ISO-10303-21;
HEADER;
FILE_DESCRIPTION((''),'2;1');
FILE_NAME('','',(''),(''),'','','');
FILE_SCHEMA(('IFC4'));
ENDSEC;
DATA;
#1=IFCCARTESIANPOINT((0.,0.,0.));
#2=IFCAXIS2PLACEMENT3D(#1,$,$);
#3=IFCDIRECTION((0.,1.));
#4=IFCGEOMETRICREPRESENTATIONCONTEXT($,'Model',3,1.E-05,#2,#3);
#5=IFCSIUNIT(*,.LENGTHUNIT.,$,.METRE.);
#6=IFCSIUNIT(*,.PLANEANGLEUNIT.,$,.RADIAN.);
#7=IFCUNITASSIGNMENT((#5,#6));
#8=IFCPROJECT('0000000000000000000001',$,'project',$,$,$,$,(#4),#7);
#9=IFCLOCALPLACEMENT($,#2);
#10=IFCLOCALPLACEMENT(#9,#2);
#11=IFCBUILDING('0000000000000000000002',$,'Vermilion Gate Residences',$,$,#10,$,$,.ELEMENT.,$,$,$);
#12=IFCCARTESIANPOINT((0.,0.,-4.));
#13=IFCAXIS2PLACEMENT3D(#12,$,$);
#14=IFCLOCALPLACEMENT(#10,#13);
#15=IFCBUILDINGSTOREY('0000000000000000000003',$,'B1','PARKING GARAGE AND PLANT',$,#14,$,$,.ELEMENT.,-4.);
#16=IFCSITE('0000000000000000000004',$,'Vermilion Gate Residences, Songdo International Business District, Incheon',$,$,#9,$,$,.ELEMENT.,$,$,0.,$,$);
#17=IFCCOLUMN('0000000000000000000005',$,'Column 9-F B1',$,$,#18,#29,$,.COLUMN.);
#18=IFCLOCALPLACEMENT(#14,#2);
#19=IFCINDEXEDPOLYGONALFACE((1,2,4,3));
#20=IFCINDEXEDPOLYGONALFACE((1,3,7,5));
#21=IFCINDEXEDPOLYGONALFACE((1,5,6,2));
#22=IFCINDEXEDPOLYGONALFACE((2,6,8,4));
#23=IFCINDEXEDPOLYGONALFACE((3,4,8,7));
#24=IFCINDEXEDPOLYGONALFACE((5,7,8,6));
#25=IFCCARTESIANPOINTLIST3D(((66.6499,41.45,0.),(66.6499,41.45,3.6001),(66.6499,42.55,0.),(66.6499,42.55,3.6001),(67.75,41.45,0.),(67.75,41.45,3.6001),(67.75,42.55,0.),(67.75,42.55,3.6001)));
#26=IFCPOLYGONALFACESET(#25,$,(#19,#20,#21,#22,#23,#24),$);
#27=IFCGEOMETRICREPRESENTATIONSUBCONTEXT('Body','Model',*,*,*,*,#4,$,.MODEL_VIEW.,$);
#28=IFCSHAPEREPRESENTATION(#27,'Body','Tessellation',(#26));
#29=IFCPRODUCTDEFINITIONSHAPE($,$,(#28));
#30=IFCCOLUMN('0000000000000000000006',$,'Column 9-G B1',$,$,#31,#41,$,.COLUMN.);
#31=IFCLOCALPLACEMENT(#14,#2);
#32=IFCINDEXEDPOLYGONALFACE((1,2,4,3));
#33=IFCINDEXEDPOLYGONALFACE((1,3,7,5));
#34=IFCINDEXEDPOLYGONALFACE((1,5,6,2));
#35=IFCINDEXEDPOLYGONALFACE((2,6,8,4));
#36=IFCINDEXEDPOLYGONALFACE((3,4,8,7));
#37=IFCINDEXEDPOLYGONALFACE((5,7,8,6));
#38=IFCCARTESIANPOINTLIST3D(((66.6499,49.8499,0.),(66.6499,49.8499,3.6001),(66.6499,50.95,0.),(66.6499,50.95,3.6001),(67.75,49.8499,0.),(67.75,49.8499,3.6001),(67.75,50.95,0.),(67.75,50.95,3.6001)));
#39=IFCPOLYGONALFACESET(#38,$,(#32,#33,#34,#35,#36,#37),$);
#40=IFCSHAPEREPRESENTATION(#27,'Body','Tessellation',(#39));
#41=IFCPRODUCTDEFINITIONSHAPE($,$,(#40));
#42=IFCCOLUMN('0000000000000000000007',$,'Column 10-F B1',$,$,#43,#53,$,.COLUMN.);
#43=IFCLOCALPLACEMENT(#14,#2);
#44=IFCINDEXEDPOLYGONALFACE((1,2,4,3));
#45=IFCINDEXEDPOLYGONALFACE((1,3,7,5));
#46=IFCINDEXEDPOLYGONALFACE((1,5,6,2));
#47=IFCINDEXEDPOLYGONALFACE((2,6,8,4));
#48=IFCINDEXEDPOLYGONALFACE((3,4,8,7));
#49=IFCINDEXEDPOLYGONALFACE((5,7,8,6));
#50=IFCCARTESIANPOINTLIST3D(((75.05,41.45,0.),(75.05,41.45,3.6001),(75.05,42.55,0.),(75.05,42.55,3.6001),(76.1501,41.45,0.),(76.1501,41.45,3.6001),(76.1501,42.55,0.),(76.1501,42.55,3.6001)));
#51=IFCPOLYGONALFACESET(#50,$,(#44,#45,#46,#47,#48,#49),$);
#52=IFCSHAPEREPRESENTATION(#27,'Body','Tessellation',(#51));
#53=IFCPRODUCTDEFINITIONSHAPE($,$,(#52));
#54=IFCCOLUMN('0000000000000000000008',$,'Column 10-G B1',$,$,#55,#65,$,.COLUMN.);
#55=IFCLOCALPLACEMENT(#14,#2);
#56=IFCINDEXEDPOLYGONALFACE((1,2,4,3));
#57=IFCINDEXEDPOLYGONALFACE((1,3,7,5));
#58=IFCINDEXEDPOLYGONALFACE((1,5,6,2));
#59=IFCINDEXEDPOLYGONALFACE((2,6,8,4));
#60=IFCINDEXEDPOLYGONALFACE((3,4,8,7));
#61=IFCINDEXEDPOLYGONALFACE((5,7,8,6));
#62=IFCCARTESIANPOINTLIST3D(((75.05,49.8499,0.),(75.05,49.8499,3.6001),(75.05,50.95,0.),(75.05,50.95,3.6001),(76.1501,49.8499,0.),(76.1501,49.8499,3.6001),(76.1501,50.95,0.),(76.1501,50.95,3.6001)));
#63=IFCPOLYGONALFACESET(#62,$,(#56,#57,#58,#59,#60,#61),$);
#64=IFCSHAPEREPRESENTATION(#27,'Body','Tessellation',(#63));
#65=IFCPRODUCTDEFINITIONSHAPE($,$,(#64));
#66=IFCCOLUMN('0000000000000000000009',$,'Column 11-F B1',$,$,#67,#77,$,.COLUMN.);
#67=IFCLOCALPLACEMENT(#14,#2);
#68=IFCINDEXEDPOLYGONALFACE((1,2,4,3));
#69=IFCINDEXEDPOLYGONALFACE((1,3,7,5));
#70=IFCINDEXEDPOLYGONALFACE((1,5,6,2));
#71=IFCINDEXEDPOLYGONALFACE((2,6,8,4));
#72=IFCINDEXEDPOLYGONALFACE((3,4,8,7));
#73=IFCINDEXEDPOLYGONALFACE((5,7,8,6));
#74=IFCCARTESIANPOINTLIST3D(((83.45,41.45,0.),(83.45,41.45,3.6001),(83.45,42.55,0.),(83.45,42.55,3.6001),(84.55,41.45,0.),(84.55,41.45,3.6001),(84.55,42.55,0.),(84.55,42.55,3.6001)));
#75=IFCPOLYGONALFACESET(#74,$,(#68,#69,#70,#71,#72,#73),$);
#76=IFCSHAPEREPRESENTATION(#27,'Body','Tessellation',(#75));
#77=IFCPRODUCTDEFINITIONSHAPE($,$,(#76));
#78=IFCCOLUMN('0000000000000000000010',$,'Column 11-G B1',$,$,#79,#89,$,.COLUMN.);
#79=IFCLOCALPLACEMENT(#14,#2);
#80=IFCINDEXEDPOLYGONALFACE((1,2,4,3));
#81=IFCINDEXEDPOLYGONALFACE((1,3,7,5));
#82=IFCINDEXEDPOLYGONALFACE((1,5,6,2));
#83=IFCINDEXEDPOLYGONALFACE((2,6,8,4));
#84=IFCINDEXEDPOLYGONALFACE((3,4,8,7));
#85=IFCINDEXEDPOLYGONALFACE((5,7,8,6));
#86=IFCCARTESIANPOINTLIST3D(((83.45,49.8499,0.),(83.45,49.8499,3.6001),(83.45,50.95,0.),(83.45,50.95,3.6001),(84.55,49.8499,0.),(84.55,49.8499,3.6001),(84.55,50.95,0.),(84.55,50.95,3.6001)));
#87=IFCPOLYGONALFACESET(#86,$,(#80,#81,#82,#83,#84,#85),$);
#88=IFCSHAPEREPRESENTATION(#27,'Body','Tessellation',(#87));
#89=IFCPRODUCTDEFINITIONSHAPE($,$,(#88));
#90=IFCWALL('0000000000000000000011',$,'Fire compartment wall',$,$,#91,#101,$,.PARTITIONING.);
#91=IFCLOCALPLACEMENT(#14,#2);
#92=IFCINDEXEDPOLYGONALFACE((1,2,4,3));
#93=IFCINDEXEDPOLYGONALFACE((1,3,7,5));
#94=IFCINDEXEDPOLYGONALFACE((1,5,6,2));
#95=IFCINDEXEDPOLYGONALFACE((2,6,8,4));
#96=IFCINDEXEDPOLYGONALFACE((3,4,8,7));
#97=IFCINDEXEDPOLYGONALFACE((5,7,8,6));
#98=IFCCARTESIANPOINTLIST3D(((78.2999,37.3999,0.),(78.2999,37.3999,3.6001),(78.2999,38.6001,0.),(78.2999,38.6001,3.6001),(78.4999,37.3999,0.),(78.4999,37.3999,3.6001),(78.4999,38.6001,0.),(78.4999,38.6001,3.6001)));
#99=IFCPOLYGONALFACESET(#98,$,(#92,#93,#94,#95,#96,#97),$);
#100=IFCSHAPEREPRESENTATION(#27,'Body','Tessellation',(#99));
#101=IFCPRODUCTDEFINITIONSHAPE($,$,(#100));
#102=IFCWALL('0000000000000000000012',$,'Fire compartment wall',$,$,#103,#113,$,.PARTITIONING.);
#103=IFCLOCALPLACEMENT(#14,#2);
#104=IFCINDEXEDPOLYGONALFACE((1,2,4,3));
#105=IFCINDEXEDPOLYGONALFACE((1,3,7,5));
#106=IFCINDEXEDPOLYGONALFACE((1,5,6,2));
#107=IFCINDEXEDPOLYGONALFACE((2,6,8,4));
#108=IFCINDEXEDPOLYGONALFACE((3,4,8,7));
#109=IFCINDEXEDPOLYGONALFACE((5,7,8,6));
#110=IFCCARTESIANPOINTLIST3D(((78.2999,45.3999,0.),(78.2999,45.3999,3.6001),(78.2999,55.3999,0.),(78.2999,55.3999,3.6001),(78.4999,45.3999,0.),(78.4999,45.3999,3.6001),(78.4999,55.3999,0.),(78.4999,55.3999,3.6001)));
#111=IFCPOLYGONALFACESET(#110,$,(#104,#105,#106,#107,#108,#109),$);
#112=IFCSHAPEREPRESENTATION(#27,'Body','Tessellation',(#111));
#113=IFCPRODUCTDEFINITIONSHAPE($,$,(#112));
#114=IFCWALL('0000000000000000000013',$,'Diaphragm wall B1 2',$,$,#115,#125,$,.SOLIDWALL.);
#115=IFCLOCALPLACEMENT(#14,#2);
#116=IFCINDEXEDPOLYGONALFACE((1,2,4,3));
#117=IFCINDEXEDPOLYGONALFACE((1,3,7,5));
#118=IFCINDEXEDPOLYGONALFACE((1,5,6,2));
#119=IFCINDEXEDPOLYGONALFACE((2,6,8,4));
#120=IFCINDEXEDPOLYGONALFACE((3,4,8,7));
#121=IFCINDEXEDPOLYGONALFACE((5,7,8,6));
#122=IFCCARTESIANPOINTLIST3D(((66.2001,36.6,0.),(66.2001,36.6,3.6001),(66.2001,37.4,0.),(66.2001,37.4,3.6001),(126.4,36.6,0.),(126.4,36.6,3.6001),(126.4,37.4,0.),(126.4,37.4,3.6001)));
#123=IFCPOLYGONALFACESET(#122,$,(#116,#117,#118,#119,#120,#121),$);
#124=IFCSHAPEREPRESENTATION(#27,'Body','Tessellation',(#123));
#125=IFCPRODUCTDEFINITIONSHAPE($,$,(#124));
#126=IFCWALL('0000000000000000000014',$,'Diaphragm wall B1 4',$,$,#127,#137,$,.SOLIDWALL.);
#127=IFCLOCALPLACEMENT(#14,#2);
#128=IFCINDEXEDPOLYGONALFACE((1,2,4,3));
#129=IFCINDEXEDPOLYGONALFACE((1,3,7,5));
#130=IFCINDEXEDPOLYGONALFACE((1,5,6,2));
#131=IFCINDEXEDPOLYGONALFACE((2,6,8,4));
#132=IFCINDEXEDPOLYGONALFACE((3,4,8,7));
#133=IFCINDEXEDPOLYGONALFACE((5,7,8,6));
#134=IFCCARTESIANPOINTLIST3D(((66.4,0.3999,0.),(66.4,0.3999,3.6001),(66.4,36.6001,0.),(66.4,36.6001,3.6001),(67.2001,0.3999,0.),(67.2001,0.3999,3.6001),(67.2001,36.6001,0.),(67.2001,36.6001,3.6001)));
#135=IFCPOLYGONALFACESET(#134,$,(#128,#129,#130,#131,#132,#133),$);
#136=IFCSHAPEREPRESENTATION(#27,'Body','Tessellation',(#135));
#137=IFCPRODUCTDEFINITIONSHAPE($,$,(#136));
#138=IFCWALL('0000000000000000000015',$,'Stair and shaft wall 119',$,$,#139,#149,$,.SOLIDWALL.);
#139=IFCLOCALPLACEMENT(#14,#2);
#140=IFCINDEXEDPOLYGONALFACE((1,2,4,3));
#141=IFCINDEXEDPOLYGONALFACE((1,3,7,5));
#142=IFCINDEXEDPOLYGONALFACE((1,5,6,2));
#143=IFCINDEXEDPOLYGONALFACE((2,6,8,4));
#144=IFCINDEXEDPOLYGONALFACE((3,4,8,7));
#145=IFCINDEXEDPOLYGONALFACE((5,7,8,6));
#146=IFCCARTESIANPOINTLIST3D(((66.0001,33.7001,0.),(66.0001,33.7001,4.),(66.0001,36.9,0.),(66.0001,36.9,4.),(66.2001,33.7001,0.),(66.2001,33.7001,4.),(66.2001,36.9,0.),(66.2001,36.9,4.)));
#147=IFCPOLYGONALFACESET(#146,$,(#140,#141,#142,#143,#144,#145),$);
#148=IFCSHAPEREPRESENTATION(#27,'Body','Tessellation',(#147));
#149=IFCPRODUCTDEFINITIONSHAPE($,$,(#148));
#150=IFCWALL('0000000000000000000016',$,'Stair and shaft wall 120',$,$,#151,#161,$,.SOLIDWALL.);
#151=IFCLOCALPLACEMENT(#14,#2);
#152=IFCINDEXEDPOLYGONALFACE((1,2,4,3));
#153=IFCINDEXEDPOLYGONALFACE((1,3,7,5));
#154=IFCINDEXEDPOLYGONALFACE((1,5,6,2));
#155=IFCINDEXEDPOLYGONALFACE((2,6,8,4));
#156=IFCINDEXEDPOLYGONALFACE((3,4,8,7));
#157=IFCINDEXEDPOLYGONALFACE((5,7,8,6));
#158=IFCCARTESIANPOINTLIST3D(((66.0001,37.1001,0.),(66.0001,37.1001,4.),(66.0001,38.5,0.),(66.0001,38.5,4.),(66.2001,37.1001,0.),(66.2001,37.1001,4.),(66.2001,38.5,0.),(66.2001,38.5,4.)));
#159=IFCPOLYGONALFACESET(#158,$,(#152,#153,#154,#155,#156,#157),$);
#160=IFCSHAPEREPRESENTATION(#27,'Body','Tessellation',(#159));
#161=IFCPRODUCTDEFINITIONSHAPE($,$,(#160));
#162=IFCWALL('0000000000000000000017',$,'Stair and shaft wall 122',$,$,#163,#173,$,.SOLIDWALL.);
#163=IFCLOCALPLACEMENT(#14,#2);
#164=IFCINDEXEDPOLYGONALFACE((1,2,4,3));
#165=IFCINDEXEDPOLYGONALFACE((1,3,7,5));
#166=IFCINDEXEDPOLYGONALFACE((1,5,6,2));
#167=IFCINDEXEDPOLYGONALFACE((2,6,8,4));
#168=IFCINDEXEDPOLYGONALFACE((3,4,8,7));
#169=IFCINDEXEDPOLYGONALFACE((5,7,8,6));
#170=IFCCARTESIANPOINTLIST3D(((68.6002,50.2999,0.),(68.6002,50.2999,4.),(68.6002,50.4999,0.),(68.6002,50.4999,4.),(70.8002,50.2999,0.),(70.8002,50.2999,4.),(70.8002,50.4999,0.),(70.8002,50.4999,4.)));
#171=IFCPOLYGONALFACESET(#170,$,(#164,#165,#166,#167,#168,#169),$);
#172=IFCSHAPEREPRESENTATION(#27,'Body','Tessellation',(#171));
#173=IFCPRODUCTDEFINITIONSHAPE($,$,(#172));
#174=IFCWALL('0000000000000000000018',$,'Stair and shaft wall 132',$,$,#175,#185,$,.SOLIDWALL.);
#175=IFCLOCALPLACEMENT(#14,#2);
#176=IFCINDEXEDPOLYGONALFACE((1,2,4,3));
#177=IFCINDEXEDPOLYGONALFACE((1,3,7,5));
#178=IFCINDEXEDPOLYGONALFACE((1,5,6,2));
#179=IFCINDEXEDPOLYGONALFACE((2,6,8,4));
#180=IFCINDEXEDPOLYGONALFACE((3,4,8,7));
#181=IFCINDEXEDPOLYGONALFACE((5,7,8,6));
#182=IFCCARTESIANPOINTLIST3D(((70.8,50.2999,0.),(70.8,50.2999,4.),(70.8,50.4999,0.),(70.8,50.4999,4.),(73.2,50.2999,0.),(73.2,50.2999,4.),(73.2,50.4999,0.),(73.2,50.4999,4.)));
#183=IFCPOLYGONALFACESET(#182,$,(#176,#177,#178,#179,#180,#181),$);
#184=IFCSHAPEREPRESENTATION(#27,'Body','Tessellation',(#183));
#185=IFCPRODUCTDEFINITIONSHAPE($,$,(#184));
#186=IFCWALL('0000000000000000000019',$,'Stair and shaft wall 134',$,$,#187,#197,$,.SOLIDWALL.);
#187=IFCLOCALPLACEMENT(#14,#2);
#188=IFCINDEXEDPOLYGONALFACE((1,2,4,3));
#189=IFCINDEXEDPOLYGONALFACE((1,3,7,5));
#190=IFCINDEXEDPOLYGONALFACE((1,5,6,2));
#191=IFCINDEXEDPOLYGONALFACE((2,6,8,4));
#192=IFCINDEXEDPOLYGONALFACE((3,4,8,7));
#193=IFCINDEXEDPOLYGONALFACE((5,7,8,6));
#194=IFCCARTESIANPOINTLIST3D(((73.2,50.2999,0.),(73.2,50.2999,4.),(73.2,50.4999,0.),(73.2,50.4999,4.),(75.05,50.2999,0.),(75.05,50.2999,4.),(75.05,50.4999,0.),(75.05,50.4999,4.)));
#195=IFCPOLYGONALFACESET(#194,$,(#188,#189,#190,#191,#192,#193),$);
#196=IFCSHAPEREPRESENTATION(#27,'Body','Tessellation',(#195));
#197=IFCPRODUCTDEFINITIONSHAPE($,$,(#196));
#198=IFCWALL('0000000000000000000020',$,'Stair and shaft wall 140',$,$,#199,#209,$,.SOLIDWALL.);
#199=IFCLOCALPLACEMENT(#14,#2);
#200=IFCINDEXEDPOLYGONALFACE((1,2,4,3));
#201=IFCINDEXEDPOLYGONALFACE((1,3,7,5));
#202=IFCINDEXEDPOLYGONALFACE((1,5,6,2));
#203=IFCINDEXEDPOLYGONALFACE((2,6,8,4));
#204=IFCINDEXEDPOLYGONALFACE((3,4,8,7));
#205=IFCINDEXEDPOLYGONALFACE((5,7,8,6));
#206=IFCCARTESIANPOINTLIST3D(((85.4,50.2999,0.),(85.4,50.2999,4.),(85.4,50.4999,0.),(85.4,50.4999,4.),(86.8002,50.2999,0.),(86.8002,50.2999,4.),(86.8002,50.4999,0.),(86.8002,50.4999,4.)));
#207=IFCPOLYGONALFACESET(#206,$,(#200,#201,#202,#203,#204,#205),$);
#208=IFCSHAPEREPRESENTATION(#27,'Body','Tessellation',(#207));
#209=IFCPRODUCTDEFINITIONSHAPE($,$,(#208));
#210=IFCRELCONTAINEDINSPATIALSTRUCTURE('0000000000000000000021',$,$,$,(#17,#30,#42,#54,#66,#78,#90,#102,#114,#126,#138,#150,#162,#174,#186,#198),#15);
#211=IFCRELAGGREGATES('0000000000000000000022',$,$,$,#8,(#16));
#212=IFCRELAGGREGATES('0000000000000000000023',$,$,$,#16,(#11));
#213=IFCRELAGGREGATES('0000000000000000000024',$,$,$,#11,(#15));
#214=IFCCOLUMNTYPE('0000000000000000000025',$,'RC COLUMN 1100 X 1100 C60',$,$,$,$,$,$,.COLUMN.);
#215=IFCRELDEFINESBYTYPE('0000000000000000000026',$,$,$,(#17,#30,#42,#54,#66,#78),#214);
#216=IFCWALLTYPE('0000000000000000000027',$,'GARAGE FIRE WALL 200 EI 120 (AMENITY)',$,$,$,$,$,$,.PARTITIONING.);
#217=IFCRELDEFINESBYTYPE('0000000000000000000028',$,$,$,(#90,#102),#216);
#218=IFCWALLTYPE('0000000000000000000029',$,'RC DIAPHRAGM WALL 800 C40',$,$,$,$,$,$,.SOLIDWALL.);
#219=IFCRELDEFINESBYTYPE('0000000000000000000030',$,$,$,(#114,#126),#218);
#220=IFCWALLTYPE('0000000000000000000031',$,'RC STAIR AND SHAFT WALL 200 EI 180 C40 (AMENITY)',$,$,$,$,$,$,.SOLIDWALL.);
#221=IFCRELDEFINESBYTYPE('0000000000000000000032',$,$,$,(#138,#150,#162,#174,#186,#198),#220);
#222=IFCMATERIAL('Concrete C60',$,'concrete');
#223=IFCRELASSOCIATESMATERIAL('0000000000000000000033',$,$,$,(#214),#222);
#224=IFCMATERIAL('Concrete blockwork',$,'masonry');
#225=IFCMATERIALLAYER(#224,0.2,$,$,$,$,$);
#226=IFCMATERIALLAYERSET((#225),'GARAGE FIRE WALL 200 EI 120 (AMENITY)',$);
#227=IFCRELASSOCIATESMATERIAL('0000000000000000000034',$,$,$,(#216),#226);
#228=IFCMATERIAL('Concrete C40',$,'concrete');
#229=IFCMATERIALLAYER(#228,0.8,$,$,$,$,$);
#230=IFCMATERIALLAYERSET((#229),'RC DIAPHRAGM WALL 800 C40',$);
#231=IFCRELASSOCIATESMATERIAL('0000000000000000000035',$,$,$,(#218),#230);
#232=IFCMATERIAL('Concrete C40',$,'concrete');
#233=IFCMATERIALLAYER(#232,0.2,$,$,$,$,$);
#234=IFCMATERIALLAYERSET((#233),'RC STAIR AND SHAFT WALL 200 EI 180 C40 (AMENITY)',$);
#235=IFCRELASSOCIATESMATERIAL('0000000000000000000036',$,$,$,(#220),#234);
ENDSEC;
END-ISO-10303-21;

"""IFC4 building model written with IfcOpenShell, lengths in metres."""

from ifc_helpers import new_model, si_unit, direction, frame, frame_2d, origin, origin_2d, place, context, subcontext, project, spatial, rectangle, extrude, material, layer, layer_set, material_profile, profile_set, type_object, element, save


model = new_model("IFC4")

# Units and contexts
model_context = context("Model", 3, precision=1e-05, world=origin(), true_north=direction((0.0, 1.0)))
body_context = subcontext(model_context, "Body", "Model", "MODEL_VIEW")
ifc_project = project(units=[si_unit("LENGTHUNIT", "METRE"), si_unit("PLANEANGLEUNIT", "RADIAN")], contexts=[model_context])

# Site, building, storey
site_placement = place(None, origin())
site = spatial("IfcSite", under=ifc_project, at=site_placement, Name="Vermilion Gate Residences, Songdo International Business District, Incheon", CompositionType="ELEMENT", RefElevation=0.0)
building_placement = place(site_placement, origin())
building = spatial("IfcBuilding", under=site, at=building_placement, Name="Vermilion Gate Residences", CompositionType="ELEMENT")
storey_placement = place(building_placement, frame((0.0, 0.0, -4.0)))
storey = spatial("IfcBuildingStorey", under=building, at=storey_placement, Name="B1", Description="PARKING GARAGE AND PLANT", CompositionType="ELEMENT", Elevation=-4.0)

# Columns
ifc_material_1 = material(Name="Concrete C60", Category="concrete")
ifc_material_profile = material_profile(ifc_material_1, rectangle(XDim=1.1001, YDim=1.1001, at=origin_2d()), Name="RC-1100x1100")
ifc_profile_set = profile_set([ifc_material_profile], Name="Concrete C60")
column_type = type_object("IfcColumnType", Name="RC COLUMN 1100 X 1100 C60", PredefinedType="COLUMN", material=ifc_profile_set)
for number, where, z_axis, x_axis, name in (
    (1, (67.2, 42.0, 0.0), (0.0, 0.0, 1.0), (1.0, 0.0, 0.0), "Column 9-F B1"),
    (2, (67.2, 50.3999, 0.0), (0.0, 0.0, 1.0), (1.0, 0.0, 0.0), "Column 9-G B1"),
    (3, (75.6001, 42.0, 0.0), (0.0, 0.0, 1.0), (1.0, 0.0, 0.0), "Column 10-F B1"),
    (4, (75.6001, 50.3999, 0.0), (0.0, 0.0, 1.0), (1.0, 0.0, 0.0), "Column 10-G B1"),
    (5, (84.0, 42.0, 0.0), (0.0, 0.0, 1.0), (1.0, 0.0, 0.0), "Column 11-F B1"),
    (6, (84.0, 50.3999, 0.0), (0.0, 0.0, 1.0), (1.0, 0.0, 0.0), "Column 11-G B1"),
):
    element("IfcColumn", number, at=place(storey_placement, frame(where, z_axis=z_axis, x_axis=x_axis)), inside=storey, type_object=column_type, Name=name, PredefinedType="COLUMN", context=body_context, shape_type="SweptSolid", body=[
        extrude(rectangle(XDim=1.1001, YDim=1.1001, at=origin_2d()), origin(), (0.0, 0.0, 1.0), 3.6001),
    ])

# Wall
ifc_material_2 = material(Name="Concrete blockwork", Category="masonry")
ifc_layer_1 = layer(ifc_material_2, 0.2)
ifc_layer_set_1 = layer_set([ifc_layer_1], Name="GARAGE FIRE WALL 200 EI 120 (AMENITY)")
wall_type_1 = type_object("IfcWallType", Name="GARAGE FIRE WALL 200 EI 120 (AMENITY)", PredefinedType="PARTITIONING", material=ifc_layer_set_1)
wall_1_placement = place(storey_placement, frame((78.3999, 37.3999, 0.0), z_axis=(0.0, 0.0, 1.0), x_axis=(0.0, 1.0, 0.0)))
element("IfcWall", 7, at=wall_1_placement, inside=storey, type_object=wall_type_1, Name="Fire compartment wall", PredefinedType="PARTITIONING", context=body_context, shape_type="SweptSolid", body=[
    extrude(rectangle(XDim=1.2002, YDim=0.2, at=frame_2d((0.6001, 0.0))), origin(), (0.0, 0.0, 1.0), 3.6001),
])

# Walls
wall_2_placement = place(storey_placement, frame((78.3999, 45.3999, 0.0), z_axis=(0.0, 0.0, 1.0), x_axis=(0.0, 1.0, 0.0)))
element("IfcWall", 8, at=wall_2_placement, inside=storey, type_object=wall_type_1, Name="Fire compartment wall", PredefinedType="PARTITIONING", context=body_context, shape_type="SweptSolid", body=[
    extrude(rectangle(XDim=10.0, YDim=0.2, at=frame_2d((5.0, 0.0))), origin(), (0.0, 0.0, 1.0), 3.6001),
])
ifc_material_3 = material(Name="Concrete C40", Category="concrete")
ifc_layer_2 = layer(ifc_material_3, 0.8)
ifc_layer_set_2 = layer_set([ifc_layer_2], Name="RC DIAPHRAGM WALL 800 C40")
wall_type_2 = type_object("IfcWallType", Name="RC DIAPHRAGM WALL 800 C40", PredefinedType="SOLIDWALL", material=ifc_layer_set_2)
wall_3_placement = place(storey_placement, frame((66.2, 37.0, 0.0), z_axis=(0.0, 0.0, 1.0), x_axis=(1.0, 0.0, 0.0)))
element("IfcWall", 9, at=wall_3_placement, inside=storey, type_object=wall_type_2, Name="Diaphragm wall B1 2", PredefinedType="SOLIDWALL", context=body_context, shape_type="SweptSolid", body=[
    extrude(rectangle(XDim=60.2, YDim=0.8, at=frame_2d((30.1001, 0.0))), origin(), (0.0, 0.0, 1.0), 3.6001),
])
wall_4_placement = place(storey_placement, frame((66.8, 0.3999, 0.0), z_axis=(0.0, 0.0, 1.0), x_axis=(0.0, 1.0, 0.0)))
element("IfcWall", 10, at=wall_4_placement, inside=storey, type_object=wall_type_2, Name="Diaphragm wall B1 4", PredefinedType="SOLIDWALL", context=body_context, shape_type="SweptSolid", body=[
    extrude(rectangle(XDim=36.2002, YDim=0.8, at=frame_2d((18.1001, 0.0))), origin(), (0.0, 0.0, 1.0), 3.6001),
])
ifc_material_4 = material(Name="Concrete C40", Category="concrete")
ifc_layer_3 = layer(ifc_material_4, 0.2)
ifc_layer_set_3 = layer_set([ifc_layer_3], Name="RC STAIR AND SHAFT WALL 200 EI 180 C40 (AMENITY)")
wall_type_3 = type_object("IfcWallType", Name="RC STAIR AND SHAFT WALL 200 EI 180 C40 (AMENITY)", PredefinedType="SOLIDWALL", material=ifc_layer_set_3)
wall_5_placement = place(storey_placement, frame((66.1001, 33.7, 0.0), z_axis=(0.0, 0.0, 1.0), x_axis=(0.0, 1.0, 0.0)))
element("IfcWall", 11, at=wall_5_placement, inside=storey, type_object=wall_type_3, Name="Stair and shaft wall 119", PredefinedType="SOLIDWALL", context=body_context, shape_type="SweptSolid", body=[
    extrude(rectangle(XDim=3.2, YDim=0.2, at=frame_2d((1.6001, 0.0))), origin(), (0.0, 0.0, 1.0), 4.0),
])
wall_6_placement = place(storey_placement, frame((66.1001, 37.1001, 0.0), z_axis=(0.0, 0.0, 1.0), x_axis=(0.0, 1.0, 0.0)))
element("IfcWall", 12, at=wall_6_placement, inside=storey, type_object=wall_type_3, Name="Stair and shaft wall 120", PredefinedType="SOLIDWALL", context=body_context, shape_type="SweptSolid", body=[
    extrude(rectangle(XDim=1.3999, YDim=0.2, at=frame_2d((0.7, 0.0))), origin(), (0.0, 0.0, 1.0), 4.0),
])
wall_7_placement = place(storey_placement, frame((68.6001, 50.3999, 0.0), z_axis=(0.0, 0.0, 1.0), x_axis=(1.0, 0.0, 0.0)))
element("IfcWall", 13, at=wall_7_placement, inside=storey, type_object=wall_type_3, Name="Stair and shaft wall 122", PredefinedType="SOLIDWALL", context=body_context, shape_type="SweptSolid", body=[
    extrude(rectangle(XDim=2.2, YDim=0.2, at=frame_2d((1.1001, 0.0))), origin(), (0.0, 0.0, 1.0), 4.0),
])
wall_8_placement = place(storey_placement, frame((70.8, 50.3999, 0.0), z_axis=(0.0, 0.0, 1.0), x_axis=(1.0, 0.0, 0.0)))
element("IfcWall", 14, at=wall_8_placement, inside=storey, type_object=wall_type_3, Name="Stair and shaft wall 132", PredefinedType="SOLIDWALL", context=body_context, shape_type="SweptSolid", body=[
    extrude(rectangle(XDim=2.3999, YDim=0.2, at=frame_2d((1.2, 0.0))), origin(), (0.0, 0.0, 1.0), 4.0),
])
wall_9_placement = place(storey_placement, frame((73.2, 50.3999, 0.0), z_axis=(0.0, 0.0, 1.0), x_axis=(1.0, 0.0, 0.0)))
element("IfcWall", 15, at=wall_9_placement, inside=storey, type_object=wall_type_3, Name="Stair and shaft wall 134", PredefinedType="SOLIDWALL", context=body_context, shape_type="SweptSolid", body=[
    extrude(rectangle(XDim=1.8501, YDim=0.2, at=frame_2d((0.925, 0.0))), origin(), (0.0, 0.0, 1.0), 4.0),
])
wall_10_placement = place(storey_placement, frame((85.3999, 50.3999, 0.0), z_axis=(0.0, 0.0, 1.0), x_axis=(1.0, 0.0, 0.0)))
element("IfcWall", 16, at=wall_10_placement, inside=storey, type_object=wall_type_3, Name="Stair and shaft wall 140", PredefinedType="SOLIDWALL", context=body_context, shape_type="SweptSolid", body=[
    extrude(rectangle(XDim=1.4001, YDim=0.2, at=frame_2d((0.7002, 0.0))), origin(), (0.0, 0.0, 1.0), 4.0),
])

save(model, "model.ifc")
